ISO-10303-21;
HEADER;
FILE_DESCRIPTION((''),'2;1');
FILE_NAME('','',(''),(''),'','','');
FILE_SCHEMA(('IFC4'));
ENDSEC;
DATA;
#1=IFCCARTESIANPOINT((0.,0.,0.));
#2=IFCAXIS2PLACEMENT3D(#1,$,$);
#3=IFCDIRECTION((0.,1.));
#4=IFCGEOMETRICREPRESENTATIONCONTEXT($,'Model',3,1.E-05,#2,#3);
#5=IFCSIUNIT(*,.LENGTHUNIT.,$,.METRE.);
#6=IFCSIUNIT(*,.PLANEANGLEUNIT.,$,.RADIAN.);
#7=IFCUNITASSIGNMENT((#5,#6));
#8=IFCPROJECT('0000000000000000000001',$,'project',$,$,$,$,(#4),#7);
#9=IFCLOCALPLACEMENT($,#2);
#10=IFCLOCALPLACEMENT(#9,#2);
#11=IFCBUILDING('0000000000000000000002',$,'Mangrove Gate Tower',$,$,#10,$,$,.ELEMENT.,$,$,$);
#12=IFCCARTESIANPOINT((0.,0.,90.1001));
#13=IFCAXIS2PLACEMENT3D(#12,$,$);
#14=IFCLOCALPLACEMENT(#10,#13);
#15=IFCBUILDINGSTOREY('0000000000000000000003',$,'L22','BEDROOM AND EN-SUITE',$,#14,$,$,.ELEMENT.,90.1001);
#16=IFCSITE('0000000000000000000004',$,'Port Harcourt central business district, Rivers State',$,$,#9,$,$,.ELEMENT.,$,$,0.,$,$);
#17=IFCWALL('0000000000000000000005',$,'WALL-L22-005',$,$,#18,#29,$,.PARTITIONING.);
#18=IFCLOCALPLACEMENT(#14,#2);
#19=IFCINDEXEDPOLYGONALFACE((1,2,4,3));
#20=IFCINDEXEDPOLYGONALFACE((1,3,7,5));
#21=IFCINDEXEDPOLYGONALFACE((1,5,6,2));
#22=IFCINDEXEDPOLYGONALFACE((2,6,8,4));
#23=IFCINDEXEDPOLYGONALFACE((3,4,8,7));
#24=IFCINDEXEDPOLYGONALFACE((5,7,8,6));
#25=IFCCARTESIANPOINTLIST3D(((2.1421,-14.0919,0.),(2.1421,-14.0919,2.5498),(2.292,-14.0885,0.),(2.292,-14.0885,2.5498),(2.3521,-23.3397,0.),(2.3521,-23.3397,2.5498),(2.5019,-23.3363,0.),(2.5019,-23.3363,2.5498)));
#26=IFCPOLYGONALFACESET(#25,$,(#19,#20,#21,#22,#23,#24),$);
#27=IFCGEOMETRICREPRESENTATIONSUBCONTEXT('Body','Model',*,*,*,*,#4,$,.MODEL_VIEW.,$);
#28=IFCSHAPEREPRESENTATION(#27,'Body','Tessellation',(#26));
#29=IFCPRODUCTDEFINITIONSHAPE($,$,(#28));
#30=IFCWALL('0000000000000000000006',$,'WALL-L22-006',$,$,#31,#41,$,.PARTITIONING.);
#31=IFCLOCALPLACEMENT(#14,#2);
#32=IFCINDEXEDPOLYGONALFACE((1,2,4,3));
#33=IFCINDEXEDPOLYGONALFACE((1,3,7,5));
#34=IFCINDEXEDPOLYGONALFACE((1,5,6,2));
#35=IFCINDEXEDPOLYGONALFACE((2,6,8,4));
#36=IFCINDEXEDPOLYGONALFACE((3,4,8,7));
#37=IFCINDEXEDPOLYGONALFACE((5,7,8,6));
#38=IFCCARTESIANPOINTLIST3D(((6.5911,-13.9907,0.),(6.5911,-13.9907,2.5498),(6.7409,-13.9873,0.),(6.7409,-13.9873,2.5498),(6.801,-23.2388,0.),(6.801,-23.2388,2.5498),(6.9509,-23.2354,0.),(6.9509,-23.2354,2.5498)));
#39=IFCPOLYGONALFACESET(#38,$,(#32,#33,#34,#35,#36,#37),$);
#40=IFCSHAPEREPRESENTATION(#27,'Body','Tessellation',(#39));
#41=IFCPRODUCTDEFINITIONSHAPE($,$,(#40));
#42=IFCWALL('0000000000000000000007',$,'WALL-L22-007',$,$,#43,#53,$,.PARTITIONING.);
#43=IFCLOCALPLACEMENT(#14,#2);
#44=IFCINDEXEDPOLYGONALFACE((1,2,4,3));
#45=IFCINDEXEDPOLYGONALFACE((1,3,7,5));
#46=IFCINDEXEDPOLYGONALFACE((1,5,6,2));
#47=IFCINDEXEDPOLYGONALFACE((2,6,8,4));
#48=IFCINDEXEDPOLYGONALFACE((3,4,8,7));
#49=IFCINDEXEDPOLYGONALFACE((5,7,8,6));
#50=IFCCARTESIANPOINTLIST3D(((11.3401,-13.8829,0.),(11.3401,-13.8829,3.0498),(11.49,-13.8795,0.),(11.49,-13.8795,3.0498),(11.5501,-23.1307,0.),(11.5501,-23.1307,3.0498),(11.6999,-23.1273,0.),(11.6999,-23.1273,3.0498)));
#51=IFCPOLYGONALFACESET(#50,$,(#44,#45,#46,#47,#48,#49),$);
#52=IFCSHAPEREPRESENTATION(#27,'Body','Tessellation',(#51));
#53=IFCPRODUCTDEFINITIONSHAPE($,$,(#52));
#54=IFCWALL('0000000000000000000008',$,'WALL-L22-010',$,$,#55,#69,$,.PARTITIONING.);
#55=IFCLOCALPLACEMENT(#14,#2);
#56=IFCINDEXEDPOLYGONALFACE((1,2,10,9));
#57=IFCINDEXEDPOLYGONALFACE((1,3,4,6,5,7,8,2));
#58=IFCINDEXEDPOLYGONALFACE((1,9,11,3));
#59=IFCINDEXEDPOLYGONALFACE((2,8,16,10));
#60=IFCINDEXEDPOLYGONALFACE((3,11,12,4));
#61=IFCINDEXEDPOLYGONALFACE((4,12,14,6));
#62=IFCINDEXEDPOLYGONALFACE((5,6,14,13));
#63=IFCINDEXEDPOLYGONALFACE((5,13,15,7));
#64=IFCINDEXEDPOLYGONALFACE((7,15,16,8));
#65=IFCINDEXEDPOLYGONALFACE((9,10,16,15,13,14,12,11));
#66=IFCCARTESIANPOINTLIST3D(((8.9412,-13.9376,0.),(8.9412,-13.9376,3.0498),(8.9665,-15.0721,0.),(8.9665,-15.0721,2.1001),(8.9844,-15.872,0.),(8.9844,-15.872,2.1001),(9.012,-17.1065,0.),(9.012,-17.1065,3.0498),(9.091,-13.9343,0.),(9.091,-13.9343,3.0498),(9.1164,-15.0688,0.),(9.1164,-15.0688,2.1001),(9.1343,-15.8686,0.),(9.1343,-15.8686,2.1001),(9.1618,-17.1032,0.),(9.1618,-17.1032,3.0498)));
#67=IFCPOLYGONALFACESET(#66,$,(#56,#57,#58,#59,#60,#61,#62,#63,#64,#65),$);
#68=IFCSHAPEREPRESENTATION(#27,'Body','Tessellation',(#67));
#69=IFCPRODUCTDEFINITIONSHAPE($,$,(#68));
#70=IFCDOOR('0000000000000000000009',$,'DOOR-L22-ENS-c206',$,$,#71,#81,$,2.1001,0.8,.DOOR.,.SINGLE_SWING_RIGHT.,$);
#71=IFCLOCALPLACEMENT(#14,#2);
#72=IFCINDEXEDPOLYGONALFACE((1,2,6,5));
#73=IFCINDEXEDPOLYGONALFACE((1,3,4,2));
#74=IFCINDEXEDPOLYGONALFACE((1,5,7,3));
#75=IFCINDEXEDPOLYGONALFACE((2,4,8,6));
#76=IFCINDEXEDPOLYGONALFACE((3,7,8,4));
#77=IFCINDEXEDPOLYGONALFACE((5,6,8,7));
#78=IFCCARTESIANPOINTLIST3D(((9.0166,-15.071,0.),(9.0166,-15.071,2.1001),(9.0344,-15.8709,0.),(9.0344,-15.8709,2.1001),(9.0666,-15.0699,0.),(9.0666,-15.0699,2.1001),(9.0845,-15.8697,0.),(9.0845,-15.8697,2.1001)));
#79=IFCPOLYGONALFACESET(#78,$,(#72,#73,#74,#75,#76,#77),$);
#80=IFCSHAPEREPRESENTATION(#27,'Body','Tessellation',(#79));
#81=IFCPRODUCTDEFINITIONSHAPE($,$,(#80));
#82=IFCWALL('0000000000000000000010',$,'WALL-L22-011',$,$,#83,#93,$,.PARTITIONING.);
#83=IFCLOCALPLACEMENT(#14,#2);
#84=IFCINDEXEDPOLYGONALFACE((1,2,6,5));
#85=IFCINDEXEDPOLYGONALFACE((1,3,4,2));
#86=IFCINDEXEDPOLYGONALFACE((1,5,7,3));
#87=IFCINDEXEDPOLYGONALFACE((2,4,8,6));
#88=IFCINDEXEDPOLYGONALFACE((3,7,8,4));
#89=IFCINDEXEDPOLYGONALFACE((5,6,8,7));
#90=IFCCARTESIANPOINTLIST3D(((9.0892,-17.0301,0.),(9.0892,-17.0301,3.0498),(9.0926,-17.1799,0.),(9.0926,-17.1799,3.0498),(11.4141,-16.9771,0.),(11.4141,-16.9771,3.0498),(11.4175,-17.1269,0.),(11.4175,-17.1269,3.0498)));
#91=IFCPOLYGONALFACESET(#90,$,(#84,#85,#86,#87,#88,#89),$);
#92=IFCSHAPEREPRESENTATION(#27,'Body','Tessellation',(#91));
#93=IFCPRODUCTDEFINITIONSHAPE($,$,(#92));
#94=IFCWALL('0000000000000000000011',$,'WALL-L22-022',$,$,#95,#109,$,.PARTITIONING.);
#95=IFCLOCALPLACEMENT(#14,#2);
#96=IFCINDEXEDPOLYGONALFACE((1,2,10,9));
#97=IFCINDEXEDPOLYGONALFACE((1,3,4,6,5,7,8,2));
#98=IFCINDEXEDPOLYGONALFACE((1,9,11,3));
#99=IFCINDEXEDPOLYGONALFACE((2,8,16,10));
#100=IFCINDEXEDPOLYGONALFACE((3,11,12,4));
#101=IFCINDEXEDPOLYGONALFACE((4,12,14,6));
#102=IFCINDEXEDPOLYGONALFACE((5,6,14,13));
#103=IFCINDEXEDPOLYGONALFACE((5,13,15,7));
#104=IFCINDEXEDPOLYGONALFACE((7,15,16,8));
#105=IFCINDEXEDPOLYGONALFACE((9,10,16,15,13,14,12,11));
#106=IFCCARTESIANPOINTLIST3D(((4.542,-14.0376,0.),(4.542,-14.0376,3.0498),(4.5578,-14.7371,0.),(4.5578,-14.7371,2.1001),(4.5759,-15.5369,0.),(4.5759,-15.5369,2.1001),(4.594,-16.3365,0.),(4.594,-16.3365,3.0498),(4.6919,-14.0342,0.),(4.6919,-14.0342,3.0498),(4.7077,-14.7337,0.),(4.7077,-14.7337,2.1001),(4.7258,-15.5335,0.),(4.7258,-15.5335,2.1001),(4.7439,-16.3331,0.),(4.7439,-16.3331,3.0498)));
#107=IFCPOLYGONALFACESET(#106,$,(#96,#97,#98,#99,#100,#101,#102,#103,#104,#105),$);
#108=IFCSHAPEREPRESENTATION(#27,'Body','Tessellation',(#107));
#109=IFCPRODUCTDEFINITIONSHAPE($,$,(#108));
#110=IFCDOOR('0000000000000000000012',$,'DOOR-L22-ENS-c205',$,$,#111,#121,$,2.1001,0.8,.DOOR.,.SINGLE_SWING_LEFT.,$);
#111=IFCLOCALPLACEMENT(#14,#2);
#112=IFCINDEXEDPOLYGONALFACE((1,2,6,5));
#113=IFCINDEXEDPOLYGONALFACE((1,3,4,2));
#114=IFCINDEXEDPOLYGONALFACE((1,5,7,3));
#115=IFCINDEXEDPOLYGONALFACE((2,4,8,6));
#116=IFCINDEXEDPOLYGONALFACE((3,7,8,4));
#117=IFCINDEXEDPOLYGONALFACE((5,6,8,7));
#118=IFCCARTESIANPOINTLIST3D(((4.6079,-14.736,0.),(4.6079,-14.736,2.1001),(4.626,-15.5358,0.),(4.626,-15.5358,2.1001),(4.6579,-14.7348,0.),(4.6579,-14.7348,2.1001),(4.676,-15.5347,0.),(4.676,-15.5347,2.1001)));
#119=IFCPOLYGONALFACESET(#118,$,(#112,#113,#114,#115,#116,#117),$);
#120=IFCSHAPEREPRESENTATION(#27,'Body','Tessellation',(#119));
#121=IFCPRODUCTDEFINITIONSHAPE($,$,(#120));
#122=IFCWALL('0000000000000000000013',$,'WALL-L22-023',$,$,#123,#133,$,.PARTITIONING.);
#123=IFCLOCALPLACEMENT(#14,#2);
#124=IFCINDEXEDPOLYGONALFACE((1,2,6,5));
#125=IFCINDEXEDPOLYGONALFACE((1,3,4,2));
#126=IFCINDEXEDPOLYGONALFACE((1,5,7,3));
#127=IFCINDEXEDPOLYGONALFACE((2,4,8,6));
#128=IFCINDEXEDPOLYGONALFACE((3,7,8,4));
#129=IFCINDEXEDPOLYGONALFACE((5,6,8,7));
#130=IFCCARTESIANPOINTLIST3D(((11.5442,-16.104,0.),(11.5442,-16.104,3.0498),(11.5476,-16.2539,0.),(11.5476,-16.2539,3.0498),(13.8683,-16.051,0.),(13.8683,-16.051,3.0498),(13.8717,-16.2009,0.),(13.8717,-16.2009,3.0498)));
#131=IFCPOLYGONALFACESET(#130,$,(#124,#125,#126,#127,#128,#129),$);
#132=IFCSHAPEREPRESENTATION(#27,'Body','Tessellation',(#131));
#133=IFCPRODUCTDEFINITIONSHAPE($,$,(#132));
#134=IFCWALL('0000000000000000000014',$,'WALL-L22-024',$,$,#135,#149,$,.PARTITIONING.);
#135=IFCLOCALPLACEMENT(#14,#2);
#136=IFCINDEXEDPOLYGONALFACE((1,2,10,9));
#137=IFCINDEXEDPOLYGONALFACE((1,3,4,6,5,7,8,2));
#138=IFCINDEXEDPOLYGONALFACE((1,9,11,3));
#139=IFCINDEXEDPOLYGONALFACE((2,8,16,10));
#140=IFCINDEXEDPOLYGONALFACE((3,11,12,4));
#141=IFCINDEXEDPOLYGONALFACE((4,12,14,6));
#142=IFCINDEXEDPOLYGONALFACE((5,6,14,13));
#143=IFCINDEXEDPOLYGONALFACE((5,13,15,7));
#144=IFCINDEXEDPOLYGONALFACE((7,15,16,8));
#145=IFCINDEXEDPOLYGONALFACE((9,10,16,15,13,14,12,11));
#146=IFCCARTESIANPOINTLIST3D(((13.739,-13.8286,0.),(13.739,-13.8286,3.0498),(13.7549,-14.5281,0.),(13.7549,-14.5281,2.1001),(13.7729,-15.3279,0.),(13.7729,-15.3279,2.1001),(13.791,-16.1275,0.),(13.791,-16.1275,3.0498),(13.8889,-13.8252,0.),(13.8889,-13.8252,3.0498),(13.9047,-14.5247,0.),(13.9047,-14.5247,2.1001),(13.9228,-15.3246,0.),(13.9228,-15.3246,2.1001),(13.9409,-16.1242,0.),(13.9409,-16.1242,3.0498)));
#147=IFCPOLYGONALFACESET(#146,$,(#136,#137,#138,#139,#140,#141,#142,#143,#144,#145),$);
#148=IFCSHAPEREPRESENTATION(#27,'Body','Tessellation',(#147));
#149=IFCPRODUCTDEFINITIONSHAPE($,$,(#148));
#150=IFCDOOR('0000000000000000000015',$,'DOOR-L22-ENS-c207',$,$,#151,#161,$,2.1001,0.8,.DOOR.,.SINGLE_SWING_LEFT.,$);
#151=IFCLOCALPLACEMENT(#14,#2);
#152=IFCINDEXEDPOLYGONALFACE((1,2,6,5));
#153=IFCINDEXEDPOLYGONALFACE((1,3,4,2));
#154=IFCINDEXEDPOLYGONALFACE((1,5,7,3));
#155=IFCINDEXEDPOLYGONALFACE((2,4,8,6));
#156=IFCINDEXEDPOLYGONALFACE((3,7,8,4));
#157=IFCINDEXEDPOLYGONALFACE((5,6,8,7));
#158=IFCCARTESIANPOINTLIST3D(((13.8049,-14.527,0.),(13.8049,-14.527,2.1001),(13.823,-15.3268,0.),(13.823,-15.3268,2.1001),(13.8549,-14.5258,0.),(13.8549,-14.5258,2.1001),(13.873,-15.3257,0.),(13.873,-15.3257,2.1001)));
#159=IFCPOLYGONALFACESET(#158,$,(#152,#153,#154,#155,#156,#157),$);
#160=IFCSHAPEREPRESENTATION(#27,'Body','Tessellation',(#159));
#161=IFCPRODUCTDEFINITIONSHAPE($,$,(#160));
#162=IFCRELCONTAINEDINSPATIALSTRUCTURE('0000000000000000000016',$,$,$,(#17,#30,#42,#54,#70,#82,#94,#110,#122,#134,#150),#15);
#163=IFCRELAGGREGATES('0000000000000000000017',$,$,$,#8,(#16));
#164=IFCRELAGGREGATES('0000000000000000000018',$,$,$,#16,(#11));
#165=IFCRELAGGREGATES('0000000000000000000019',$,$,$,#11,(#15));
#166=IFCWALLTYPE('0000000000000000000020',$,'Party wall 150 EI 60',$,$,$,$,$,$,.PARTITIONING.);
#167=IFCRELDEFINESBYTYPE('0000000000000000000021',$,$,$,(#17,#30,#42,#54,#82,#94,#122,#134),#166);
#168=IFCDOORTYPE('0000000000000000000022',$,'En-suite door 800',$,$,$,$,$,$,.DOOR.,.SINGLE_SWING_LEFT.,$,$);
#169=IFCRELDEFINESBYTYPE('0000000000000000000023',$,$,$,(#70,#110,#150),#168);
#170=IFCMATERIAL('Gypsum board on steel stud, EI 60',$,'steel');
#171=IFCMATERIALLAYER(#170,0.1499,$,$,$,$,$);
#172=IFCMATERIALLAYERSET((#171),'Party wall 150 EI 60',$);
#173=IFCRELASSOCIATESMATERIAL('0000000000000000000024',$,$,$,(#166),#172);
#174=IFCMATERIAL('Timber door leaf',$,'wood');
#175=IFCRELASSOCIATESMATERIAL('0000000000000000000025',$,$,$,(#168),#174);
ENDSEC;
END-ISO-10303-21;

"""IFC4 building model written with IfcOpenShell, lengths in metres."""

from ifc_helpers import new_model, si_unit, direction, frame, frame_2d, origin, place, context, subcontext, project, spatial, rectangle, extrude, material, layer, layer_set, type_object, element, fill, save


model = new_model("IFC4")

# Units and contexts
model_context = context("Model", 3, precision=1e-05, world=origin(), true_north=direction((0.0, 1.0)))
body_context = subcontext(model_context, "Body", "Model", "MODEL_VIEW")
ifc_project = project(units=[si_unit("LENGTHUNIT", "METRE"), si_unit("PLANEANGLEUNIT", "RADIAN")], contexts=[model_context])

# Site, building, storey
site_placement = place(None, origin())
site = spatial("IfcSite", under=ifc_project, at=site_placement, Name="Port Harcourt central business district, Rivers State", CompositionType="ELEMENT", RefElevation=0.0)
building_placement = place(site_placement, origin())
building = spatial("IfcBuilding", under=site, at=building_placement, Name="Mangrove Gate Tower", CompositionType="ELEMENT")
storey_placement = place(building_placement, frame((0.0, 0.0, 90.1001)))
storey = spatial("IfcBuildingStorey", under=building, at=storey_placement, Name="L22", Description="BEDROOM AND EN-SUITE", CompositionType="ELEMENT", Elevation=90.1001)

# Walls
ifc_material_1 = material(Name="Gypsum board on steel stud, EI 60", Category="steel")
ifc_layer_1 = layer(ifc_material_1, 0.1499)
ifc_layer_set_1 = layer_set([ifc_layer_1], Name="Party wall 150 EI 60")
wall_type_1 = type_object("IfcWallType", Name="Party wall 150 EI 60", PredefinedType="PARTITIONING", material=ifc_layer_set_1)
wall_1_placement = place(storey_placement, frame((2.427, -23.3379, 0.0), z_axis=(0.0, 0.0, 1.0), x_axis=(-0.022698, 0.999742, 0.0)))
element("IfcWall", 1, at=wall_1_placement, inside=storey, type_object=wall_type_1, Name="WALL-L22-005", PredefinedType="PARTITIONING", context=body_context, shape_type="SweptSolid", body=[
    extrude(rectangle(XDim=9.2502, YDim=0.1499, at=frame_2d((4.625, 0.0))), origin(), (0.0, 0.0, 1.0), 2.5498),
])
wall_2_placement = place(storey_placement, frame((6.876, -23.2371, 0.0), z_axis=(0.0, 0.0, 1.0), x_axis=(-0.022697, 0.999742, 0.0)))
element("IfcWall", 2, at=wall_2_placement, inside=storey, type_object=wall_type_1, Name="WALL-L22-006", PredefinedType="PARTITIONING", context=body_context, shape_type="SweptSolid", body=[
    extrude(rectangle(XDim=9.2505, YDim=0.1499, at=frame_2d((4.6252, 0.0))), origin(), (0.0, 0.0, 1.0), 2.5498),
])
wall_3_placement = place(storey_placement, frame((11.625, -23.1289, 0.0), z_axis=(0.0, 0.0, 1.0), x_axis=(-0.022698, 0.999742, 0.0)))
element("IfcWall", 3, at=wall_3_placement, inside=storey, type_object=wall_type_1, Name="WALL-L22-007", PredefinedType="PARTITIONING", context=body_context, shape_type="SweptSolid", body=[
    extrude(rectangle(XDim=9.2502, YDim=0.1499, at=frame_2d((4.625, 0.0))), origin(), (0.0, 0.0, 1.0), 3.0498),
])

# Wall, opening, door
wall_4_placement = place(storey_placement, frame((9.0869, -17.105, 0.0), z_axis=(0.0, 0.0, 1.0), x_axis=(-0.022336, 0.999751, 0.0)))
wall_4 = element("IfcWall", 4, at=wall_4_placement, inside=storey, type_object=wall_type_1, Name="WALL-L22-010", PredefinedType="PARTITIONING", context=body_context, shape_type="SweptSolid", body=[
    extrude(rectangle(XDim=3.1697, YDim=0.1499, at=frame_2d((1.585, 0.0))), origin(), (0.0, 0.0, 1.0), 3.0498),
])
opening_1_placement = place(wall_4_placement, frame((1.2351, 0.0, 0.0)))
opening_1 = element("IfcOpeningElement", 5, at=opening_1_placement, cuts=wall_4, PredefinedType="OPENING", context=body_context, shape_type="SweptSolid", body=[
    extrude(rectangle(XDim=0.8, YDim=2.1001, at=frame_2d((0.3999, 1.05))), frame((0.0, 0.085, 0.0), z_axis=(0.0, -1.0, 0.0), x_axis=(1.0, 0.0, 0.0)), (0.0, 0.0, 1.0), 0.1699),
])
ifc_material_2 = material(Name="Timber door leaf", Category="wood")
door_type_1 = type_object("IfcDoorType", Name="En-suite door 800", OperationType="SINGLE_SWING_LEFT", PredefinedType="DOOR", material=ifc_material_2)
door_1_placement = place(opening_1_placement, origin())
door_1 = element("IfcDoor", 6, at=door_1_placement, inside=storey, type_object=door_type_1, Name="DOOR-L22-ENS-c206", OperationType="SINGLE_SWING_RIGHT", OverallHeight=2.1001, OverallWidth=0.8, PredefinedType="DOOR", context=body_context, shape_type="SweptSolid", body=[
    extrude(rectangle(XDim=0.8, YDim=2.1001, at=frame_2d((0.3999, 1.05))), frame((0.0, 0.0249, 0.0), z_axis=(0.0, -1.0, 0.0), x_axis=(1.0, 0.0, 0.0)), (0.0, 0.0, 1.0), 0.05),
])
fill(opening_1, door_1)

# Wall
wall_5_placement = place(storey_placement, frame((9.0911, -17.105, 0.0), z_axis=(0.0, 0.0, 1.0), x_axis=(0.99974, 0.022781, 0.0)))
element("IfcWall", 7, at=wall_5_placement, inside=storey, type_object=wall_type_1, Name="WALL-L22-011", PredefinedType="PARTITIONING", context=body_context, shape_type="SweptSolid", body=[
    extrude(rectangle(XDim=2.3254, YDim=0.1499, at=frame_2d((1.1626, 0.0))), origin(), (0.0, 0.0, 1.0), 3.0498),
])

# Wall, opening, door
wall_6_placement = place(storey_placement, frame((4.6689, -16.335, 0.0), z_axis=(0.0, 0.0, 1.0), x_axis=(-0.022613, 0.999744, 0.0)))
wall_6 = element("IfcWall", 8, at=wall_6_placement, inside=storey, type_object=wall_type_1, Name="WALL-L22-022", PredefinedType="PARTITIONING", context=body_context, shape_type="SweptSolid", body=[
    extrude(rectangle(XDim=2.2996, YDim=0.1499, at=frame_2d((1.1499, 0.0))), origin(), (0.0, 0.0, 1.0), 3.0498),
])
opening_2_placement = place(wall_6_placement, frame((0.8, 0.0, 0.0)))
opening_2 = element("IfcOpeningElement", 9, at=opening_2_placement, cuts=wall_6, PredefinedType="OPENING", context=body_context, shape_type="SweptSolid", body=[
    extrude(rectangle(XDim=0.8, YDim=2.1001, at=frame_2d((0.3999, 1.05))), frame((0.0, 0.085, 0.0), z_axis=(0.0, -1.0, 0.0), x_axis=(1.0, 0.0, 0.0)), (0.0, 0.0, 1.0), 0.1699),
])
door_2_placement = place(opening_2_placement, origin())
door_2 = element("IfcDoor", 10, at=door_2_placement, inside=storey, type_object=door_type_1, Name="DOOR-L22-ENS-c205", OperationType="SINGLE_SWING_LEFT", OverallHeight=2.1001, OverallWidth=0.8, PredefinedType="DOOR", context=body_context, shape_type="SweptSolid", body=[
    extrude(rectangle(XDim=0.8, YDim=2.1001, at=frame_2d((0.3999, 1.05))), frame((0.0, 0.0249, 0.0), z_axis=(0.0, -1.0, 0.0), x_axis=(1.0, 0.0, 0.0)), (0.0, 0.0, 1.0), 0.05),
])
fill(opening_2, door_2)

# Wall
wall_7_placement = place(storey_placement, frame((11.5459, -16.179, 0.0), z_axis=(0.0, 0.0, 1.0), x_axis=(0.99974, 0.022788, 0.0)))
element("IfcWall", 11, at=wall_7_placement, inside=storey, type_object=wall_type_1, Name="WALL-L22-023", PredefinedType="PARTITIONING", context=body_context, shape_type="SweptSolid", body=[
    extrude(rectangle(XDim=2.3247, YDim=0.1499, at=frame_2d((1.1624, 0.0))), origin(), (0.0, 0.0, 1.0), 3.0498),
])

# Wall, opening, door
wall_8_placement = place(storey_placement, frame((13.866, -16.126, 0.0), z_axis=(0.0, 0.0, 1.0), x_axis=(-0.022613, 0.999744, 0.0)))
wall_8 = element("IfcWall", 12, at=wall_8_placement, inside=storey, type_object=wall_type_1, Name="WALL-L22-024", PredefinedType="PARTITIONING", context=body_context, shape_type="SweptSolid", body=[
    extrude(rectangle(XDim=2.2996, YDim=0.1499, at=frame_2d((1.1499, 0.0))), origin(), (0.0, 0.0, 1.0), 3.0498),
])
opening_3_placement = place(wall_8_placement, frame((0.8, 0.0, 0.0)))
opening_3 = element("IfcOpeningElement", 13, at=opening_3_placement, cuts=wall_8, PredefinedType="OPENING", context=body_context, shape_type="SweptSolid", body=[
    extrude(rectangle(XDim=0.8, YDim=2.1001, at=frame_2d((0.3999, 1.05))), frame((0.0, 0.085, 0.0), z_axis=(0.0, -1.0, 0.0), x_axis=(1.0, 0.0, 0.0)), (0.0, 0.0, 1.0), 0.1699),
])
door_3_placement = place(opening_3_placement, origin())
door_3 = element("IfcDoor", 14, at=door_3_placement, inside=storey, type_object=door_type_1, Name="DOOR-L22-ENS-c207", OperationType="SINGLE_SWING_LEFT", OverallHeight=2.1001, OverallWidth=0.8, PredefinedType="DOOR", context=body_context, shape_type="SweptSolid", body=[
    extrude(rectangle(XDim=0.8, YDim=2.1001, at=frame_2d((0.3999, 1.05))), frame((0.0, 0.0249, 0.0), z_axis=(0.0, -1.0, 0.0), x_axis=(1.0, 0.0, 0.0)), (0.0, 0.0, 1.0), 0.05),
])
fill(opening_3, door_3)

save(model, "model.ifc")
